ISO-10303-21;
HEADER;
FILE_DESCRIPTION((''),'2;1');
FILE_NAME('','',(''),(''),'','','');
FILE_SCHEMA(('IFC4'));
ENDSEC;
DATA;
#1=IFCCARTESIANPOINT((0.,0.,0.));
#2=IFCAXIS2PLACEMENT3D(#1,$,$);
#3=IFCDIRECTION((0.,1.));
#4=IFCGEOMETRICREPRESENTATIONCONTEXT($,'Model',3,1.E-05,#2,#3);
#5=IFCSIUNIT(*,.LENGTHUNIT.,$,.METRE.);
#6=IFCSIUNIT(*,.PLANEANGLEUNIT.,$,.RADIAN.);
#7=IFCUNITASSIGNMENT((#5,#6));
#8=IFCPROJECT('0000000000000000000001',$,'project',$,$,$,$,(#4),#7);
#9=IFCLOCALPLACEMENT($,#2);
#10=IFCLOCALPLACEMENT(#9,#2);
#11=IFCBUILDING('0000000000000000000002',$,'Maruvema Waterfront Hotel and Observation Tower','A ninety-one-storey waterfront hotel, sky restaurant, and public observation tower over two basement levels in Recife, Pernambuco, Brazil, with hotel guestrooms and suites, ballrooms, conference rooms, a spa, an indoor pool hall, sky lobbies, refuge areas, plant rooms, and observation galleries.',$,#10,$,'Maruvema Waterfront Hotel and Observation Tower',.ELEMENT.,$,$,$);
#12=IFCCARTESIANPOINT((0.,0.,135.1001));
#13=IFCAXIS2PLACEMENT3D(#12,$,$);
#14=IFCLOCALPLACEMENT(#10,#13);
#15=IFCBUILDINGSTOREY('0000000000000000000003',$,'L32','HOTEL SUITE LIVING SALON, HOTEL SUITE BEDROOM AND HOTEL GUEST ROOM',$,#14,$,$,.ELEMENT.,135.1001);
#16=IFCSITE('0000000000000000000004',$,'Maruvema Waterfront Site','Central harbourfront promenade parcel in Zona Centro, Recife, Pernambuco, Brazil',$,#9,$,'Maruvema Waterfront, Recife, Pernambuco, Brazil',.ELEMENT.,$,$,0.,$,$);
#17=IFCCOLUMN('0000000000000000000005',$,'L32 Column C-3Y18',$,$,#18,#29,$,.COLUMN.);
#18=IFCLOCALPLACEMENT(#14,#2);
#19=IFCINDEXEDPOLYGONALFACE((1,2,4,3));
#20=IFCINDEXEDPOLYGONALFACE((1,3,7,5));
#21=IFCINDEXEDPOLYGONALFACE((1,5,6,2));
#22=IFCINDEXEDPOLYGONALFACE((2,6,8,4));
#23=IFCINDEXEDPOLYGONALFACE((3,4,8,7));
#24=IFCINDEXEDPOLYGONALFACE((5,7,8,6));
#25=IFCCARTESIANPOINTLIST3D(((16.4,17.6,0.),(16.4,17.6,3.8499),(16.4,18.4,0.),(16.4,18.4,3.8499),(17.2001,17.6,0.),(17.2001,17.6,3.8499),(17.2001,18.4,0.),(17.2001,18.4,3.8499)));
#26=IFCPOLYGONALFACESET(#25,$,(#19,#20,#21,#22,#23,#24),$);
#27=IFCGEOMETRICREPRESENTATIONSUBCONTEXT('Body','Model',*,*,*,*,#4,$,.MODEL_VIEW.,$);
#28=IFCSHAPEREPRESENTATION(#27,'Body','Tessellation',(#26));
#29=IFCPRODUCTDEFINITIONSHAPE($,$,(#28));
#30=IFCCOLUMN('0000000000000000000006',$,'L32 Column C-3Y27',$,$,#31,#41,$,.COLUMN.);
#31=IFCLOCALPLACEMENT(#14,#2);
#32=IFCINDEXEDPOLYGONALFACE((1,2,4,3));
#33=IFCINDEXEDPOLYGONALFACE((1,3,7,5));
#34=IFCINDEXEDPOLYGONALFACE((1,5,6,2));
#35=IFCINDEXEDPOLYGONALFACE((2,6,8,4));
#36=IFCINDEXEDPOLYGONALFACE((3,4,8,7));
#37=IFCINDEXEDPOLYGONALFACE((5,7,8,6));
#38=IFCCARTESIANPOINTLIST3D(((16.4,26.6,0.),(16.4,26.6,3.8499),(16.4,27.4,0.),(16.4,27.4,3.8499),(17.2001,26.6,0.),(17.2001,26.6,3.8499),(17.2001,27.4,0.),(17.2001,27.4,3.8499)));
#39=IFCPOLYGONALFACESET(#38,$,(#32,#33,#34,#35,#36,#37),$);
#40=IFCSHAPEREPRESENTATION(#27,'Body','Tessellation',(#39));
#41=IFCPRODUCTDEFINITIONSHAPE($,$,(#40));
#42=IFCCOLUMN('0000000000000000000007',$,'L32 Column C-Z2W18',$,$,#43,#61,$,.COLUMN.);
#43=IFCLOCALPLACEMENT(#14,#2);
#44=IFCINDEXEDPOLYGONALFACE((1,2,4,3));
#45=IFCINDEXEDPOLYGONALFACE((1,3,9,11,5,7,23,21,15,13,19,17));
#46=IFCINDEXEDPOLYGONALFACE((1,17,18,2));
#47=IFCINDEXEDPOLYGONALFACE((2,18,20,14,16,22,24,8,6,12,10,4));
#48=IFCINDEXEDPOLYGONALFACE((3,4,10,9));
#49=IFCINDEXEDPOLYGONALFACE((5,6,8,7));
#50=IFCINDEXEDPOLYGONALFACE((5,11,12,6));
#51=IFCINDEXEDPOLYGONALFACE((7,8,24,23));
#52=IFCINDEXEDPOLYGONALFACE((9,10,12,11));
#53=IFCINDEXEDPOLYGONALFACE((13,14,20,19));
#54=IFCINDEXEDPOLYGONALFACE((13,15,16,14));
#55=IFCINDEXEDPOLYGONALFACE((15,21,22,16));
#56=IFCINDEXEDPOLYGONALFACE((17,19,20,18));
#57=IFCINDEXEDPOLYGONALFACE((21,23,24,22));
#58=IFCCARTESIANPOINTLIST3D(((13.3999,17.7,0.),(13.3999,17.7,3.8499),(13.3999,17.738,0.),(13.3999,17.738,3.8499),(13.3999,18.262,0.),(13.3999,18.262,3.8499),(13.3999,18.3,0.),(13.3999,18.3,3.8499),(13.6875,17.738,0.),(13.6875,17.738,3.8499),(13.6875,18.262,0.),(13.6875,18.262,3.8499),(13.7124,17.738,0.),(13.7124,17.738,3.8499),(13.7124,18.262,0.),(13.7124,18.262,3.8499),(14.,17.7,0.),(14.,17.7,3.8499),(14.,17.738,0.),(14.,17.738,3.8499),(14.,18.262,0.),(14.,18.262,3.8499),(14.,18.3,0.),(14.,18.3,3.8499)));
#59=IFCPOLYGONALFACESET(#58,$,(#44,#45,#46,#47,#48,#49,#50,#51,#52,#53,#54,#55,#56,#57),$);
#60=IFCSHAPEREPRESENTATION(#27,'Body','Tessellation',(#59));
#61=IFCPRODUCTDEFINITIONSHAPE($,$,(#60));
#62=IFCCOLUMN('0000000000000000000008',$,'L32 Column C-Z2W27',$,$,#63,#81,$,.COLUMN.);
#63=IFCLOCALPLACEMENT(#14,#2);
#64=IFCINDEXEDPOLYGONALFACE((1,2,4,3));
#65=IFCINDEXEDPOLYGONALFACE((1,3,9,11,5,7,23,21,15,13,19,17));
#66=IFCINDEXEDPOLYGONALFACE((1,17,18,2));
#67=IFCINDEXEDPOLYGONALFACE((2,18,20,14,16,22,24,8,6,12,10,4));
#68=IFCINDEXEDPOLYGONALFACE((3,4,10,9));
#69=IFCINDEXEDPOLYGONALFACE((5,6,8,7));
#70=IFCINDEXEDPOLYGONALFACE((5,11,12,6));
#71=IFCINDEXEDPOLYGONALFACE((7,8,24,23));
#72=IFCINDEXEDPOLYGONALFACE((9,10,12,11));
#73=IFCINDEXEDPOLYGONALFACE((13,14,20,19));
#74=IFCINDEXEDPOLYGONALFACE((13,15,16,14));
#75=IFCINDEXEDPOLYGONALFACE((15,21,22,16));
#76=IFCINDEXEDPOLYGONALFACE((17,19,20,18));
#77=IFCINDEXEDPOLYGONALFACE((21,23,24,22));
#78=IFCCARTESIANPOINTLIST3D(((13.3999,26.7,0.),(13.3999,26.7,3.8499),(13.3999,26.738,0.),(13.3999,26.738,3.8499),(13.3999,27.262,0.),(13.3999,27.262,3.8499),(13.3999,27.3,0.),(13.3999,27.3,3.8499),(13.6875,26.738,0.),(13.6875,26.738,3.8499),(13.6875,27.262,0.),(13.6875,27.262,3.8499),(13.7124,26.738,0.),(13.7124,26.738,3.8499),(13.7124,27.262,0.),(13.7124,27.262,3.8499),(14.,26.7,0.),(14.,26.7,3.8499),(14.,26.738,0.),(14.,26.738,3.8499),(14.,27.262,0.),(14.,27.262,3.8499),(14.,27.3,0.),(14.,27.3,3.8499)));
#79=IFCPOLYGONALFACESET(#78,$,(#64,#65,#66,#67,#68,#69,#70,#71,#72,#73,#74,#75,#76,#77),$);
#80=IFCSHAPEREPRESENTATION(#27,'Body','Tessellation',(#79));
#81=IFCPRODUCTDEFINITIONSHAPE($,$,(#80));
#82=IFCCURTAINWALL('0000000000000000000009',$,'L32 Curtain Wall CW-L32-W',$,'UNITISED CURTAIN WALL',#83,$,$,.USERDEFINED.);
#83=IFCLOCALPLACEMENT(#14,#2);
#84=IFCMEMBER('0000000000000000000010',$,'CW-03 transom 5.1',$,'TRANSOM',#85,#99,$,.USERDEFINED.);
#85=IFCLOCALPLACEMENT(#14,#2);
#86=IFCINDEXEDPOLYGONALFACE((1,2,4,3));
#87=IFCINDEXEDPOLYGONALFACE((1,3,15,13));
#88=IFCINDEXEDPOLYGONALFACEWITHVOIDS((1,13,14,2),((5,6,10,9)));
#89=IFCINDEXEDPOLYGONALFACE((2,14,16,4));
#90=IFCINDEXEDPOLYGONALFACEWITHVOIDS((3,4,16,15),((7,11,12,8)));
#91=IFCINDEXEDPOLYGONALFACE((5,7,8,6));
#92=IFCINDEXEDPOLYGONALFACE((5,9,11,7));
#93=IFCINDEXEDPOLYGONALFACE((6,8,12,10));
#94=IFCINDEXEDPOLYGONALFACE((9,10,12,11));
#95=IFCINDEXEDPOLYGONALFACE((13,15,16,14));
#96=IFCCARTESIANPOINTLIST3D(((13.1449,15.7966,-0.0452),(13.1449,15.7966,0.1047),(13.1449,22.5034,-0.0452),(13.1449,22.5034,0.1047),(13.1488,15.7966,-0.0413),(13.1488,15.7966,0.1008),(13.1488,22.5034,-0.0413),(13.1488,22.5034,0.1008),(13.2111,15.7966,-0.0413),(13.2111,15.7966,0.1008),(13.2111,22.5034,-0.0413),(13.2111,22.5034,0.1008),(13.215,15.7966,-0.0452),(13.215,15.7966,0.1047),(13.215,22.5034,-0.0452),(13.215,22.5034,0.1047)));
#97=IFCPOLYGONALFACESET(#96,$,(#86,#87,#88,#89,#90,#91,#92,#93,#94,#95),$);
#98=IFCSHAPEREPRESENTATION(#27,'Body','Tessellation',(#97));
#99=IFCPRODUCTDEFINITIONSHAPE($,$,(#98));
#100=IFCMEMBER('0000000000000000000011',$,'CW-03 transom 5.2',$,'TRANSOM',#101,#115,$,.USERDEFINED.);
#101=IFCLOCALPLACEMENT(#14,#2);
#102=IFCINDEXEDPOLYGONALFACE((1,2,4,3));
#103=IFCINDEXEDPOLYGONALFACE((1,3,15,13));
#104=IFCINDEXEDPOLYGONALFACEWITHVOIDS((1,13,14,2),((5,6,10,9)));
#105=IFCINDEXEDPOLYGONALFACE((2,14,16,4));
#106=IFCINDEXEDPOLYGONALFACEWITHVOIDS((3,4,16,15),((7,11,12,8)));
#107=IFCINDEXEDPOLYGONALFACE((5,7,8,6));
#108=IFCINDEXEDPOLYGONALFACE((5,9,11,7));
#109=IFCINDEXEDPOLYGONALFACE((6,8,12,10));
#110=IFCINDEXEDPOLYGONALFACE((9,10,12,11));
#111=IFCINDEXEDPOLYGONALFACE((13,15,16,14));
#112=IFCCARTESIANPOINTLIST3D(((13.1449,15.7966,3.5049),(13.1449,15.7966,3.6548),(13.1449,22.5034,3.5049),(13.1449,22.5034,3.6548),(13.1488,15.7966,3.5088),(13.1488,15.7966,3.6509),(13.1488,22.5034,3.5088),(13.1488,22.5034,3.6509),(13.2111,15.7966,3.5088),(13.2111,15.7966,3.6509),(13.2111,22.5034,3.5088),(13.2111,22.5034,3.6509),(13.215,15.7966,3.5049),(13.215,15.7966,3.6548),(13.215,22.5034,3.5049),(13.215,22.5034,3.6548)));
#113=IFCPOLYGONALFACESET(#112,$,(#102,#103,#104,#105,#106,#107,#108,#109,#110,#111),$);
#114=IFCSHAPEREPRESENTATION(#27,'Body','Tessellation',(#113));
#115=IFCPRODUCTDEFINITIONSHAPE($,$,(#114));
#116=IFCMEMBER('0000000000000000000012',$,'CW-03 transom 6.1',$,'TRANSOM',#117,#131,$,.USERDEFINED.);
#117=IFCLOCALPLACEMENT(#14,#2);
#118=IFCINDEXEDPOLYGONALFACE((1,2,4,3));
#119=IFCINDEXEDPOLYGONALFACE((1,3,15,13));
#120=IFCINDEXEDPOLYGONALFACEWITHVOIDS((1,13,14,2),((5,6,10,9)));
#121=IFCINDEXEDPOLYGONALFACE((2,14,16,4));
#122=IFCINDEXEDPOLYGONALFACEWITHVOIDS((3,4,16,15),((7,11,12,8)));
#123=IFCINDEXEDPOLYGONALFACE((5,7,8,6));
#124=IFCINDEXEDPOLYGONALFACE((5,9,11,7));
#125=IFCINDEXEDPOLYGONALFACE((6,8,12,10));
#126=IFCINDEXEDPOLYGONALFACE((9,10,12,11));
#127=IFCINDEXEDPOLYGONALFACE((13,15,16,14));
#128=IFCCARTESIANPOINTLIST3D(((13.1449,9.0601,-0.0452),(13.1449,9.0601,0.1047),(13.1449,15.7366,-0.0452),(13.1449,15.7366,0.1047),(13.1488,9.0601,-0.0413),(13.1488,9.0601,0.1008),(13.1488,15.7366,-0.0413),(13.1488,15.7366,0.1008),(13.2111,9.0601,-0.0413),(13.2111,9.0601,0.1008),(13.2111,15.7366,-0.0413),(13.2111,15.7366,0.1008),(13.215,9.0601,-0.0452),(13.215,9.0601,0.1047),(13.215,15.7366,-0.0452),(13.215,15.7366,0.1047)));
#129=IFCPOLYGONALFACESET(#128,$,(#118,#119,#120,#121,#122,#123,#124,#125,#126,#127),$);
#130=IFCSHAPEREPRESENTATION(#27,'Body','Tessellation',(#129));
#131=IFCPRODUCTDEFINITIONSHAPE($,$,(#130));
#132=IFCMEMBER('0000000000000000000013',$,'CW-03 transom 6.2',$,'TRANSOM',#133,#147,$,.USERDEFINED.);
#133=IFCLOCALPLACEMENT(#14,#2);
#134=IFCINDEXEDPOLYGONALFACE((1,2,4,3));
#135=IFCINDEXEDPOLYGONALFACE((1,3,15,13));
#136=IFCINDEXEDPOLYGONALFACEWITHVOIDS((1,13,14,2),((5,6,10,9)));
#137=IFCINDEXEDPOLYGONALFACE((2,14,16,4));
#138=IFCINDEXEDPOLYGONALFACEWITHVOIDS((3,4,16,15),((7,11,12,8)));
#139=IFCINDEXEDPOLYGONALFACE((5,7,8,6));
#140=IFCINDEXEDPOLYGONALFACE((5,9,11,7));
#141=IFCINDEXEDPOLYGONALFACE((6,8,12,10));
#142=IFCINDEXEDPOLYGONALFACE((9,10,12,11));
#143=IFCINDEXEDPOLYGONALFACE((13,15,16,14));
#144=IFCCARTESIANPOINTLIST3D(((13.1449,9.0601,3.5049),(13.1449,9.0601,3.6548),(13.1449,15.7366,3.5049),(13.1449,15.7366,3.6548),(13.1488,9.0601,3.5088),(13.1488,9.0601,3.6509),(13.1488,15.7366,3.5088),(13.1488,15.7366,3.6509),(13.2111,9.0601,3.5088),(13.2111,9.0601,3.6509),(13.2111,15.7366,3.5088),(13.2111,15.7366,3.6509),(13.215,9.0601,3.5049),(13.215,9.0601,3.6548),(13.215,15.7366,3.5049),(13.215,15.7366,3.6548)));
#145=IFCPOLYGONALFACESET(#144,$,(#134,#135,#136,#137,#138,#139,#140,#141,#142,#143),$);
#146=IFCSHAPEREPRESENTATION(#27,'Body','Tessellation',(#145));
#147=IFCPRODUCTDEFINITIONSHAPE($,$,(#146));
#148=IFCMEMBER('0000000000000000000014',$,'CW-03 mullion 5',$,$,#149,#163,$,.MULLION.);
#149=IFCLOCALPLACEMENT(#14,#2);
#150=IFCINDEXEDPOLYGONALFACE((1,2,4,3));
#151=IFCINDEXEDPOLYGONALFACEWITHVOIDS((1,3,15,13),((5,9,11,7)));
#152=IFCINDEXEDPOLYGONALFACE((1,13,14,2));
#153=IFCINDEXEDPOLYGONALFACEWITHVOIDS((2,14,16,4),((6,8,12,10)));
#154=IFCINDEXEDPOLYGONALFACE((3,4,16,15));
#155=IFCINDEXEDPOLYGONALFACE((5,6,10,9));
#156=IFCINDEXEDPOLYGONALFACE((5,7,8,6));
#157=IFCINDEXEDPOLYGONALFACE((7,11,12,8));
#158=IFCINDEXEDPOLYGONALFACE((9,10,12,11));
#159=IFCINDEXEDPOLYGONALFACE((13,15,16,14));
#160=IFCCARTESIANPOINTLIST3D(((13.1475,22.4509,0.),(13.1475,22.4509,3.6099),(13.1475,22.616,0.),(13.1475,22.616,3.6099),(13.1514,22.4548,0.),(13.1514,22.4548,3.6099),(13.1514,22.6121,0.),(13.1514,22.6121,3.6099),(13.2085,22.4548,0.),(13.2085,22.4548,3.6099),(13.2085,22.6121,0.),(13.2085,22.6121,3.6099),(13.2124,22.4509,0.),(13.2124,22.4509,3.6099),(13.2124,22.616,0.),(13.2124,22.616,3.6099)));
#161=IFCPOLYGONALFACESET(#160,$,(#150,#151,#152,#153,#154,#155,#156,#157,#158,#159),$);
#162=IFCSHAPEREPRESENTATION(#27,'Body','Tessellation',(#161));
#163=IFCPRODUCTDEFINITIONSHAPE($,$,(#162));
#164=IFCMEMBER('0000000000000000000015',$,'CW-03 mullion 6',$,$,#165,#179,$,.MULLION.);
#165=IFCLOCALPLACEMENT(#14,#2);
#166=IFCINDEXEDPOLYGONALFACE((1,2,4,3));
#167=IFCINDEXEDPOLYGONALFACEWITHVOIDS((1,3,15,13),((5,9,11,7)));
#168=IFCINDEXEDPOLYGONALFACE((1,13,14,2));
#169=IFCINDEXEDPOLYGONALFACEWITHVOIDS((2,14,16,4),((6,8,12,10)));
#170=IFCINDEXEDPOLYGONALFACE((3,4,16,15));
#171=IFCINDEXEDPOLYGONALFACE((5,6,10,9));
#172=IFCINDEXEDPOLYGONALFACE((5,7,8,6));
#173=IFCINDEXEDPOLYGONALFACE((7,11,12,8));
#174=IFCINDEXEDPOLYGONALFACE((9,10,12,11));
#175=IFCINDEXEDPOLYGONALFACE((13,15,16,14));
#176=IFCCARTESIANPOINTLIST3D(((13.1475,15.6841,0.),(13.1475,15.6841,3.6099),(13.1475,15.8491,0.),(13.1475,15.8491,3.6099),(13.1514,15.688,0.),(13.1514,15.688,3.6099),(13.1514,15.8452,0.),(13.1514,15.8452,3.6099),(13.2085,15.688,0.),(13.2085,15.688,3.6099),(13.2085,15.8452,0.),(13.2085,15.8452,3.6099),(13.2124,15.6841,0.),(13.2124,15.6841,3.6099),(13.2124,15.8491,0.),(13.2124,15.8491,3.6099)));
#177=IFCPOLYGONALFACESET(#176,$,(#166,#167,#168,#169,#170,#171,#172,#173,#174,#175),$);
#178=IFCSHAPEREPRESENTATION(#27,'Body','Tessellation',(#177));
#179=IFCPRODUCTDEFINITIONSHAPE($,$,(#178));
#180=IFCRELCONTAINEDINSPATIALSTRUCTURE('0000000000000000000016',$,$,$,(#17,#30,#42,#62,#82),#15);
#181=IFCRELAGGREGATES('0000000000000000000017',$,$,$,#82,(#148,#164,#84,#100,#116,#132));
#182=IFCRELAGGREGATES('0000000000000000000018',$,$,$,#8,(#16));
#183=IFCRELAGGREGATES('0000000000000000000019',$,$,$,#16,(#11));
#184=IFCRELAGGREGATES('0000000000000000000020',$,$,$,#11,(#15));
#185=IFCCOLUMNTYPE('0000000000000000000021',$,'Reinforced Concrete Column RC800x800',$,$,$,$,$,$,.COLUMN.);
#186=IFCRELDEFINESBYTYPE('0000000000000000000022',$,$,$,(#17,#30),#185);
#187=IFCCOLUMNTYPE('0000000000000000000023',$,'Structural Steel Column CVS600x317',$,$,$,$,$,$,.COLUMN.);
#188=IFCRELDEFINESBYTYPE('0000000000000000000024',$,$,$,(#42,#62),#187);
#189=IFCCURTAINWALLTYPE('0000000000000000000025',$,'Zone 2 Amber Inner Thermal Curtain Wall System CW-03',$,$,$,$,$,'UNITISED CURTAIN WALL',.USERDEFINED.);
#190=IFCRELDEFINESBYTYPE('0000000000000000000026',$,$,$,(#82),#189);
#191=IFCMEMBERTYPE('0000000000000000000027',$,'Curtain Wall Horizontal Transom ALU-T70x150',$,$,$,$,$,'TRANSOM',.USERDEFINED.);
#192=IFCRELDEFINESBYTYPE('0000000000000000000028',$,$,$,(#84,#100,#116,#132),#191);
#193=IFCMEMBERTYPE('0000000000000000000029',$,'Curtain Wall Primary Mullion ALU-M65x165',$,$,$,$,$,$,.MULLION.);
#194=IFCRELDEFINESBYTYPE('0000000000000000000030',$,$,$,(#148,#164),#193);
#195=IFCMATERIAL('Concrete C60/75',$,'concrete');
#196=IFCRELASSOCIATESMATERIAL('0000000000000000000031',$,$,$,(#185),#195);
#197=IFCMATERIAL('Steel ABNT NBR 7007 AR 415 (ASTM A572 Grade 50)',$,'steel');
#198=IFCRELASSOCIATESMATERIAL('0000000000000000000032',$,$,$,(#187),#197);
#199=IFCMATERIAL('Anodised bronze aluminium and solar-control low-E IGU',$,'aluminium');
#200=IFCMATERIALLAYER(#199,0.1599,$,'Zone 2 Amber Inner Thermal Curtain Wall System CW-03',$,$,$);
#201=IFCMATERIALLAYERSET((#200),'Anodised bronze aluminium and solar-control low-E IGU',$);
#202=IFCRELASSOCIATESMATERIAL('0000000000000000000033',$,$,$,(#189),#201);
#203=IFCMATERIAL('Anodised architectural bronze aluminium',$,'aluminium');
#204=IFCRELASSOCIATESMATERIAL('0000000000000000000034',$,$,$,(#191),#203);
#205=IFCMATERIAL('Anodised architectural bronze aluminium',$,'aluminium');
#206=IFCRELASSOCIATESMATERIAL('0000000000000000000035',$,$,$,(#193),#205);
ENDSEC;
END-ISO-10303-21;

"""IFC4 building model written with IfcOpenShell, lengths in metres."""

from ifc_helpers import new_model, si_unit, direction, frame, origin, origin_2d, place, context, subcontext, project, spatial, rectangle, hollow_rectangle, i_section, extrude, material, layer, layer_set, material_profile, profile_set, type_object, element, aggregate, save


model = new_model("IFC4")

# Units and contexts
model_context = context("Model", 3, precision=1e-05, world=origin(), true_north=direction((0.0, 1.0)))
body_context = subcontext(model_context, "Body", "Model", "MODEL_VIEW")
ifc_project = project(units=[si_unit("LENGTHUNIT", "METRE"), si_unit("PLANEANGLEUNIT", "RADIAN")], contexts=[model_context])

# Site, building, storey
site_placement = place(None, origin())
site = spatial("IfcSite", under=ifc_project, at=site_placement, Name="Maruvema Waterfront Site", Description="Central harbourfront promenade parcel in Zona Centro, Recife, Pernambuco, Brazil", LongName="Maruvema Waterfront, Recife, Pernambuco, Brazil", CompositionType="ELEMENT", RefElevation=0.0)
building_placement = place(site_placement, origin())
building = spatial("IfcBuilding", under=site, at=building_placement, Name="Maruvema Waterfront Hotel and Observation Tower", Description="A ninety-one-storey waterfront hotel, sky restaurant, and public observation tower over two basement levels in Recife, Pernambuco, Brazil, with hotel guestrooms and suites, ballrooms, conference rooms, a spa, an indoor pool hall, sky lobbies, refuge areas, plant rooms, and observation galleries.", LongName="Maruvema Waterfront Hotel and Observation Tower", CompositionType="ELEMENT")
storey_placement = place(building_placement, frame((0.0, 0.0, 135.1001)))
storey = spatial("IfcBuildingStorey", under=building, at=storey_placement, Name="L32", Description="HOTEL SUITE LIVING SALON, HOTEL SUITE BEDROOM AND HOTEL GUEST ROOM", CompositionType="ELEMENT", Elevation=135.1001)

# Columns
ifc_material_1 = material(Name="Concrete C60/75", Category="concrete")
ifc_material_profile_1 = material_profile(ifc_material_1, rectangle(XDim=0.8, YDim=0.8, at=origin_2d()), Name="RC800x800")
ifc_profile_set_1 = profile_set([ifc_material_profile_1], Name="Concrete C60/75")
column_type_1 = type_object("IfcColumnType", Name="Reinforced Concrete Column RC800x800", PredefinedType="COLUMN", material=ifc_profile_set_1)
for number, where, z_axis, x_axis, name in (
    (1, (16.8, 18.0, 0.0), (0.0, 0.0, 1.0), (1.0, 0.0, 0.0), "L32 Column C-3Y18"),
    (2, (16.8, 27.0, 0.0), (0.0, 0.0, 1.0), (1.0, 0.0, 0.0), "L32 Column C-3Y27"),
):
    element("IfcColumn", number, at=place(storey_placement, frame(where, z_axis=z_axis, x_axis=x_axis)), inside=storey, type_object=column_type_1, Name=name, PredefinedType="COLUMN", context=body_context, shape_type="SweptSolid", body=[
        extrude(rectangle(XDim=0.8, YDim=0.8, at=origin_2d()), origin(), (0.0, 0.0, 1.0), 3.8499),
    ])
ifc_material_2 = material(Name="Steel ABNT NBR 7007 AR 415 (ASTM A572 Grade 50)", Category="steel")
ifc_material_profile_2 = material_profile(ifc_material_2, i_section(OverallWidth=0.6001, OverallDepth=0.6001, WebThickness=0.0249, FlangeThickness=0.0381, at=origin_2d()), Name="CVS600x317")
ifc_profile_set_2 = profile_set([ifc_material_profile_2], Name="Steel ABNT NBR 7007 AR 415 (ASTM A572 Grade 50)")
column_type_2 = type_object("IfcColumnType", Name="Structural Steel Column CVS600x317", PredefinedType="COLUMN", material=ifc_profile_set_2)
for number, where, z_axis, x_axis, name in (
    (3, (13.7, 18.0, 0.0), (0.0, 0.0, 1.0), (1.0, 0.0, 0.0), "L32 Column C-Z2W18"),
    (4, (13.7, 27.0, 0.0), (0.0, 0.0, 1.0), (1.0, 0.0, 0.0), "L32 Column C-Z2W27"),
):
    element("IfcColumn", number, at=place(storey_placement, frame(where, z_axis=z_axis, x_axis=x_axis)), inside=storey, type_object=column_type_2, Name=name, PredefinedType="COLUMN", context=body_context, shape_type="SweptSolid", body=[
        extrude(i_section(OverallWidth=0.6001, OverallDepth=0.6001, WebThickness=0.0249, FlangeThickness=0.0381, at=origin_2d()), origin(), (0.0, 0.0, 1.0), 3.8499),
    ])

# Curtain wall, members
ifc_material_3 = material(Name="Anodised bronze aluminium and solar-control low-E IGU", Category="aluminium")
ifc_layer_1 = layer(ifc_material_3, 0.1599, Name="Zone 2 Amber Inner Thermal Curtain Wall System CW-03")
ifc_layer_set_1 = layer_set([ifc_layer_1], Name="Anodised bronze aluminium and solar-control low-E IGU")
curtain_wall_type = type_object("IfcCurtainWallType", Name="Zone 2 Amber Inner Thermal Curtain Wall System CW-03", ElementType="UNITISED CURTAIN WALL", PredefinedType="USERDEFINED", material=ifc_layer_set_1)
curtain_wall_placement = place(storey_placement, origin())
curtain_wall = element("IfcCurtainWall", 5, at=curtain_wall_placement, inside=storey, type_object=curtain_wall_type, Name="L32 Curtain Wall CW-L32-W", ObjectType="UNITISED CURTAIN WALL", PredefinedType="USERDEFINED")
ifc_material_4 = material(Name="Anodised architectural bronze aluminium", Category="aluminium")
ifc_material_profile_3 = material_profile(ifc_material_4, hollow_rectangle(XDim=0.0701, YDim=0.1499, WallThickness=0.0039, at=origin_2d()), Name="ALU-T70x150")
ifc_profile_set_3 = profile_set([ifc_material_profile_3], Name="Anodised architectural bronze aluminium")
member_type_1 = type_object("IfcMemberType", Name="Curtain Wall Horizontal Transom ALU-T70x150", ElementType="TRANSOM", PredefinedType="USERDEFINED", material=ifc_profile_set_3)
member_1_placement = place(storey_placement, frame((13.1799, 22.5034, 0.0298), z_axis=(0.0, -1.0, 0.0), x_axis=(1.0, 0.0, 0.0)))
member_1 = element("IfcMember", 6, at=member_1_placement, type_object=member_type_1, Name="CW-03 transom 5.1", ObjectType="TRANSOM", PredefinedType="USERDEFINED", context=body_context, shape_type="SweptSolid", body=[
    extrude(hollow_rectangle(XDim=0.0701, YDim=0.1499, WallThickness=0.0039, at=origin_2d()), origin(), (0.0, 0.0, 1.0), 6.7068),
])
member_2_placement = place(storey_placement, frame((13.1799, 22.5034, 3.5798), z_axis=(0.0, -1.0, 0.0), x_axis=(1.0, 0.0, 0.0)))
member_2 = element("IfcMember", 7, at=member_2_placement, type_object=member_type_1, Name="CW-03 transom 5.2", ObjectType="TRANSOM", PredefinedType="USERDEFINED", context=body_context, shape_type="SweptSolid", body=[
    extrude(hollow_rectangle(XDim=0.0701, YDim=0.1499, WallThickness=0.0039, at=origin_2d()), origin(), (0.0, 0.0, 1.0), 6.7068),
])
member_3_placement = place(storey_placement, frame((13.1799, 15.7366, 0.0298), z_axis=(0.0, -1.0, 0.0), x_axis=(1.0, 0.0, 0.0)))
member_3 = element("IfcMember", 8, at=member_3_placement, type_object=member_type_1, Name="CW-03 transom 6.1", ObjectType="TRANSOM", PredefinedType="USERDEFINED", context=body_context, shape_type="SweptSolid", body=[
    extrude(hollow_rectangle(XDim=0.0701, YDim=0.1499, WallThickness=0.0039, at=origin_2d()), origin(), (0.0, 0.0, 1.0), 6.6765),
])
member_4_placement = place(storey_placement, frame((13.1799, 15.7366, 3.5798), z_axis=(0.0, -1.0, 0.0), x_axis=(1.0, 0.0, 0.0)))
member_4 = element("IfcMember", 9, at=member_4_placement, type_object=member_type_1, Name="CW-03 transom 6.2", ObjectType="TRANSOM", PredefinedType="USERDEFINED", context=body_context, shape_type="SweptSolid", body=[
    extrude(hollow_rectangle(XDim=0.0701, YDim=0.1499, WallThickness=0.0039, at=origin_2d()), origin(), (0.0, 0.0, 1.0), 6.6765),
])
ifc_material_5 = material(Name="Anodised architectural bronze aluminium", Category="aluminium")
ifc_material_profile_4 = material_profile(ifc_material_5, hollow_rectangle(XDim=0.0649, YDim=0.165, WallThickness=0.0039, at=origin_2d()), Name="ALU-M65x165")
ifc_profile_set_4 = profile_set([ifc_material_profile_4], Name="Anodised architectural bronze aluminium")
member_type_2 = type_object("IfcMemberType", Name="Curtain Wall Primary Mullion ALU-M65x165", PredefinedType="MULLION", material=ifc_profile_set_4)
member_5_placement = place(storey_placement, frame((13.1799, 22.5334, 0.0), z_axis=(0.0, 0.0, 1.0), x_axis=(1.0, 0.0, 0.0)))
member_5 = element("IfcMember", 10, at=member_5_placement, type_object=member_type_2, Name="CW-03 mullion 5", PredefinedType="MULLION", context=body_context, shape_type="SweptSolid", body=[
    extrude(hollow_rectangle(XDim=0.0649, YDim=0.165, WallThickness=0.0039, at=origin_2d()), origin(), (0.0, 0.0, 1.0), 3.6099),
])
member_6_placement = place(storey_placement, frame((13.1799, 15.7666, 0.0), z_axis=(0.0, 0.0, 1.0), x_axis=(1.0, 0.0, 0.0)))
member_6 = element("IfcMember", 11, at=member_6_placement, type_object=member_type_2, Name="CW-03 mullion 6", PredefinedType="MULLION", context=body_context, shape_type="SweptSolid", body=[
    extrude(hollow_rectangle(XDim=0.0649, YDim=0.165, WallThickness=0.0039, at=origin_2d()), origin(), (0.0, 0.0, 1.0), 3.6099),
])

aggregate(curtain_wall, [member_5, member_6, member_1, member_2, member_3, member_4])

save(model, "model.ifc")
